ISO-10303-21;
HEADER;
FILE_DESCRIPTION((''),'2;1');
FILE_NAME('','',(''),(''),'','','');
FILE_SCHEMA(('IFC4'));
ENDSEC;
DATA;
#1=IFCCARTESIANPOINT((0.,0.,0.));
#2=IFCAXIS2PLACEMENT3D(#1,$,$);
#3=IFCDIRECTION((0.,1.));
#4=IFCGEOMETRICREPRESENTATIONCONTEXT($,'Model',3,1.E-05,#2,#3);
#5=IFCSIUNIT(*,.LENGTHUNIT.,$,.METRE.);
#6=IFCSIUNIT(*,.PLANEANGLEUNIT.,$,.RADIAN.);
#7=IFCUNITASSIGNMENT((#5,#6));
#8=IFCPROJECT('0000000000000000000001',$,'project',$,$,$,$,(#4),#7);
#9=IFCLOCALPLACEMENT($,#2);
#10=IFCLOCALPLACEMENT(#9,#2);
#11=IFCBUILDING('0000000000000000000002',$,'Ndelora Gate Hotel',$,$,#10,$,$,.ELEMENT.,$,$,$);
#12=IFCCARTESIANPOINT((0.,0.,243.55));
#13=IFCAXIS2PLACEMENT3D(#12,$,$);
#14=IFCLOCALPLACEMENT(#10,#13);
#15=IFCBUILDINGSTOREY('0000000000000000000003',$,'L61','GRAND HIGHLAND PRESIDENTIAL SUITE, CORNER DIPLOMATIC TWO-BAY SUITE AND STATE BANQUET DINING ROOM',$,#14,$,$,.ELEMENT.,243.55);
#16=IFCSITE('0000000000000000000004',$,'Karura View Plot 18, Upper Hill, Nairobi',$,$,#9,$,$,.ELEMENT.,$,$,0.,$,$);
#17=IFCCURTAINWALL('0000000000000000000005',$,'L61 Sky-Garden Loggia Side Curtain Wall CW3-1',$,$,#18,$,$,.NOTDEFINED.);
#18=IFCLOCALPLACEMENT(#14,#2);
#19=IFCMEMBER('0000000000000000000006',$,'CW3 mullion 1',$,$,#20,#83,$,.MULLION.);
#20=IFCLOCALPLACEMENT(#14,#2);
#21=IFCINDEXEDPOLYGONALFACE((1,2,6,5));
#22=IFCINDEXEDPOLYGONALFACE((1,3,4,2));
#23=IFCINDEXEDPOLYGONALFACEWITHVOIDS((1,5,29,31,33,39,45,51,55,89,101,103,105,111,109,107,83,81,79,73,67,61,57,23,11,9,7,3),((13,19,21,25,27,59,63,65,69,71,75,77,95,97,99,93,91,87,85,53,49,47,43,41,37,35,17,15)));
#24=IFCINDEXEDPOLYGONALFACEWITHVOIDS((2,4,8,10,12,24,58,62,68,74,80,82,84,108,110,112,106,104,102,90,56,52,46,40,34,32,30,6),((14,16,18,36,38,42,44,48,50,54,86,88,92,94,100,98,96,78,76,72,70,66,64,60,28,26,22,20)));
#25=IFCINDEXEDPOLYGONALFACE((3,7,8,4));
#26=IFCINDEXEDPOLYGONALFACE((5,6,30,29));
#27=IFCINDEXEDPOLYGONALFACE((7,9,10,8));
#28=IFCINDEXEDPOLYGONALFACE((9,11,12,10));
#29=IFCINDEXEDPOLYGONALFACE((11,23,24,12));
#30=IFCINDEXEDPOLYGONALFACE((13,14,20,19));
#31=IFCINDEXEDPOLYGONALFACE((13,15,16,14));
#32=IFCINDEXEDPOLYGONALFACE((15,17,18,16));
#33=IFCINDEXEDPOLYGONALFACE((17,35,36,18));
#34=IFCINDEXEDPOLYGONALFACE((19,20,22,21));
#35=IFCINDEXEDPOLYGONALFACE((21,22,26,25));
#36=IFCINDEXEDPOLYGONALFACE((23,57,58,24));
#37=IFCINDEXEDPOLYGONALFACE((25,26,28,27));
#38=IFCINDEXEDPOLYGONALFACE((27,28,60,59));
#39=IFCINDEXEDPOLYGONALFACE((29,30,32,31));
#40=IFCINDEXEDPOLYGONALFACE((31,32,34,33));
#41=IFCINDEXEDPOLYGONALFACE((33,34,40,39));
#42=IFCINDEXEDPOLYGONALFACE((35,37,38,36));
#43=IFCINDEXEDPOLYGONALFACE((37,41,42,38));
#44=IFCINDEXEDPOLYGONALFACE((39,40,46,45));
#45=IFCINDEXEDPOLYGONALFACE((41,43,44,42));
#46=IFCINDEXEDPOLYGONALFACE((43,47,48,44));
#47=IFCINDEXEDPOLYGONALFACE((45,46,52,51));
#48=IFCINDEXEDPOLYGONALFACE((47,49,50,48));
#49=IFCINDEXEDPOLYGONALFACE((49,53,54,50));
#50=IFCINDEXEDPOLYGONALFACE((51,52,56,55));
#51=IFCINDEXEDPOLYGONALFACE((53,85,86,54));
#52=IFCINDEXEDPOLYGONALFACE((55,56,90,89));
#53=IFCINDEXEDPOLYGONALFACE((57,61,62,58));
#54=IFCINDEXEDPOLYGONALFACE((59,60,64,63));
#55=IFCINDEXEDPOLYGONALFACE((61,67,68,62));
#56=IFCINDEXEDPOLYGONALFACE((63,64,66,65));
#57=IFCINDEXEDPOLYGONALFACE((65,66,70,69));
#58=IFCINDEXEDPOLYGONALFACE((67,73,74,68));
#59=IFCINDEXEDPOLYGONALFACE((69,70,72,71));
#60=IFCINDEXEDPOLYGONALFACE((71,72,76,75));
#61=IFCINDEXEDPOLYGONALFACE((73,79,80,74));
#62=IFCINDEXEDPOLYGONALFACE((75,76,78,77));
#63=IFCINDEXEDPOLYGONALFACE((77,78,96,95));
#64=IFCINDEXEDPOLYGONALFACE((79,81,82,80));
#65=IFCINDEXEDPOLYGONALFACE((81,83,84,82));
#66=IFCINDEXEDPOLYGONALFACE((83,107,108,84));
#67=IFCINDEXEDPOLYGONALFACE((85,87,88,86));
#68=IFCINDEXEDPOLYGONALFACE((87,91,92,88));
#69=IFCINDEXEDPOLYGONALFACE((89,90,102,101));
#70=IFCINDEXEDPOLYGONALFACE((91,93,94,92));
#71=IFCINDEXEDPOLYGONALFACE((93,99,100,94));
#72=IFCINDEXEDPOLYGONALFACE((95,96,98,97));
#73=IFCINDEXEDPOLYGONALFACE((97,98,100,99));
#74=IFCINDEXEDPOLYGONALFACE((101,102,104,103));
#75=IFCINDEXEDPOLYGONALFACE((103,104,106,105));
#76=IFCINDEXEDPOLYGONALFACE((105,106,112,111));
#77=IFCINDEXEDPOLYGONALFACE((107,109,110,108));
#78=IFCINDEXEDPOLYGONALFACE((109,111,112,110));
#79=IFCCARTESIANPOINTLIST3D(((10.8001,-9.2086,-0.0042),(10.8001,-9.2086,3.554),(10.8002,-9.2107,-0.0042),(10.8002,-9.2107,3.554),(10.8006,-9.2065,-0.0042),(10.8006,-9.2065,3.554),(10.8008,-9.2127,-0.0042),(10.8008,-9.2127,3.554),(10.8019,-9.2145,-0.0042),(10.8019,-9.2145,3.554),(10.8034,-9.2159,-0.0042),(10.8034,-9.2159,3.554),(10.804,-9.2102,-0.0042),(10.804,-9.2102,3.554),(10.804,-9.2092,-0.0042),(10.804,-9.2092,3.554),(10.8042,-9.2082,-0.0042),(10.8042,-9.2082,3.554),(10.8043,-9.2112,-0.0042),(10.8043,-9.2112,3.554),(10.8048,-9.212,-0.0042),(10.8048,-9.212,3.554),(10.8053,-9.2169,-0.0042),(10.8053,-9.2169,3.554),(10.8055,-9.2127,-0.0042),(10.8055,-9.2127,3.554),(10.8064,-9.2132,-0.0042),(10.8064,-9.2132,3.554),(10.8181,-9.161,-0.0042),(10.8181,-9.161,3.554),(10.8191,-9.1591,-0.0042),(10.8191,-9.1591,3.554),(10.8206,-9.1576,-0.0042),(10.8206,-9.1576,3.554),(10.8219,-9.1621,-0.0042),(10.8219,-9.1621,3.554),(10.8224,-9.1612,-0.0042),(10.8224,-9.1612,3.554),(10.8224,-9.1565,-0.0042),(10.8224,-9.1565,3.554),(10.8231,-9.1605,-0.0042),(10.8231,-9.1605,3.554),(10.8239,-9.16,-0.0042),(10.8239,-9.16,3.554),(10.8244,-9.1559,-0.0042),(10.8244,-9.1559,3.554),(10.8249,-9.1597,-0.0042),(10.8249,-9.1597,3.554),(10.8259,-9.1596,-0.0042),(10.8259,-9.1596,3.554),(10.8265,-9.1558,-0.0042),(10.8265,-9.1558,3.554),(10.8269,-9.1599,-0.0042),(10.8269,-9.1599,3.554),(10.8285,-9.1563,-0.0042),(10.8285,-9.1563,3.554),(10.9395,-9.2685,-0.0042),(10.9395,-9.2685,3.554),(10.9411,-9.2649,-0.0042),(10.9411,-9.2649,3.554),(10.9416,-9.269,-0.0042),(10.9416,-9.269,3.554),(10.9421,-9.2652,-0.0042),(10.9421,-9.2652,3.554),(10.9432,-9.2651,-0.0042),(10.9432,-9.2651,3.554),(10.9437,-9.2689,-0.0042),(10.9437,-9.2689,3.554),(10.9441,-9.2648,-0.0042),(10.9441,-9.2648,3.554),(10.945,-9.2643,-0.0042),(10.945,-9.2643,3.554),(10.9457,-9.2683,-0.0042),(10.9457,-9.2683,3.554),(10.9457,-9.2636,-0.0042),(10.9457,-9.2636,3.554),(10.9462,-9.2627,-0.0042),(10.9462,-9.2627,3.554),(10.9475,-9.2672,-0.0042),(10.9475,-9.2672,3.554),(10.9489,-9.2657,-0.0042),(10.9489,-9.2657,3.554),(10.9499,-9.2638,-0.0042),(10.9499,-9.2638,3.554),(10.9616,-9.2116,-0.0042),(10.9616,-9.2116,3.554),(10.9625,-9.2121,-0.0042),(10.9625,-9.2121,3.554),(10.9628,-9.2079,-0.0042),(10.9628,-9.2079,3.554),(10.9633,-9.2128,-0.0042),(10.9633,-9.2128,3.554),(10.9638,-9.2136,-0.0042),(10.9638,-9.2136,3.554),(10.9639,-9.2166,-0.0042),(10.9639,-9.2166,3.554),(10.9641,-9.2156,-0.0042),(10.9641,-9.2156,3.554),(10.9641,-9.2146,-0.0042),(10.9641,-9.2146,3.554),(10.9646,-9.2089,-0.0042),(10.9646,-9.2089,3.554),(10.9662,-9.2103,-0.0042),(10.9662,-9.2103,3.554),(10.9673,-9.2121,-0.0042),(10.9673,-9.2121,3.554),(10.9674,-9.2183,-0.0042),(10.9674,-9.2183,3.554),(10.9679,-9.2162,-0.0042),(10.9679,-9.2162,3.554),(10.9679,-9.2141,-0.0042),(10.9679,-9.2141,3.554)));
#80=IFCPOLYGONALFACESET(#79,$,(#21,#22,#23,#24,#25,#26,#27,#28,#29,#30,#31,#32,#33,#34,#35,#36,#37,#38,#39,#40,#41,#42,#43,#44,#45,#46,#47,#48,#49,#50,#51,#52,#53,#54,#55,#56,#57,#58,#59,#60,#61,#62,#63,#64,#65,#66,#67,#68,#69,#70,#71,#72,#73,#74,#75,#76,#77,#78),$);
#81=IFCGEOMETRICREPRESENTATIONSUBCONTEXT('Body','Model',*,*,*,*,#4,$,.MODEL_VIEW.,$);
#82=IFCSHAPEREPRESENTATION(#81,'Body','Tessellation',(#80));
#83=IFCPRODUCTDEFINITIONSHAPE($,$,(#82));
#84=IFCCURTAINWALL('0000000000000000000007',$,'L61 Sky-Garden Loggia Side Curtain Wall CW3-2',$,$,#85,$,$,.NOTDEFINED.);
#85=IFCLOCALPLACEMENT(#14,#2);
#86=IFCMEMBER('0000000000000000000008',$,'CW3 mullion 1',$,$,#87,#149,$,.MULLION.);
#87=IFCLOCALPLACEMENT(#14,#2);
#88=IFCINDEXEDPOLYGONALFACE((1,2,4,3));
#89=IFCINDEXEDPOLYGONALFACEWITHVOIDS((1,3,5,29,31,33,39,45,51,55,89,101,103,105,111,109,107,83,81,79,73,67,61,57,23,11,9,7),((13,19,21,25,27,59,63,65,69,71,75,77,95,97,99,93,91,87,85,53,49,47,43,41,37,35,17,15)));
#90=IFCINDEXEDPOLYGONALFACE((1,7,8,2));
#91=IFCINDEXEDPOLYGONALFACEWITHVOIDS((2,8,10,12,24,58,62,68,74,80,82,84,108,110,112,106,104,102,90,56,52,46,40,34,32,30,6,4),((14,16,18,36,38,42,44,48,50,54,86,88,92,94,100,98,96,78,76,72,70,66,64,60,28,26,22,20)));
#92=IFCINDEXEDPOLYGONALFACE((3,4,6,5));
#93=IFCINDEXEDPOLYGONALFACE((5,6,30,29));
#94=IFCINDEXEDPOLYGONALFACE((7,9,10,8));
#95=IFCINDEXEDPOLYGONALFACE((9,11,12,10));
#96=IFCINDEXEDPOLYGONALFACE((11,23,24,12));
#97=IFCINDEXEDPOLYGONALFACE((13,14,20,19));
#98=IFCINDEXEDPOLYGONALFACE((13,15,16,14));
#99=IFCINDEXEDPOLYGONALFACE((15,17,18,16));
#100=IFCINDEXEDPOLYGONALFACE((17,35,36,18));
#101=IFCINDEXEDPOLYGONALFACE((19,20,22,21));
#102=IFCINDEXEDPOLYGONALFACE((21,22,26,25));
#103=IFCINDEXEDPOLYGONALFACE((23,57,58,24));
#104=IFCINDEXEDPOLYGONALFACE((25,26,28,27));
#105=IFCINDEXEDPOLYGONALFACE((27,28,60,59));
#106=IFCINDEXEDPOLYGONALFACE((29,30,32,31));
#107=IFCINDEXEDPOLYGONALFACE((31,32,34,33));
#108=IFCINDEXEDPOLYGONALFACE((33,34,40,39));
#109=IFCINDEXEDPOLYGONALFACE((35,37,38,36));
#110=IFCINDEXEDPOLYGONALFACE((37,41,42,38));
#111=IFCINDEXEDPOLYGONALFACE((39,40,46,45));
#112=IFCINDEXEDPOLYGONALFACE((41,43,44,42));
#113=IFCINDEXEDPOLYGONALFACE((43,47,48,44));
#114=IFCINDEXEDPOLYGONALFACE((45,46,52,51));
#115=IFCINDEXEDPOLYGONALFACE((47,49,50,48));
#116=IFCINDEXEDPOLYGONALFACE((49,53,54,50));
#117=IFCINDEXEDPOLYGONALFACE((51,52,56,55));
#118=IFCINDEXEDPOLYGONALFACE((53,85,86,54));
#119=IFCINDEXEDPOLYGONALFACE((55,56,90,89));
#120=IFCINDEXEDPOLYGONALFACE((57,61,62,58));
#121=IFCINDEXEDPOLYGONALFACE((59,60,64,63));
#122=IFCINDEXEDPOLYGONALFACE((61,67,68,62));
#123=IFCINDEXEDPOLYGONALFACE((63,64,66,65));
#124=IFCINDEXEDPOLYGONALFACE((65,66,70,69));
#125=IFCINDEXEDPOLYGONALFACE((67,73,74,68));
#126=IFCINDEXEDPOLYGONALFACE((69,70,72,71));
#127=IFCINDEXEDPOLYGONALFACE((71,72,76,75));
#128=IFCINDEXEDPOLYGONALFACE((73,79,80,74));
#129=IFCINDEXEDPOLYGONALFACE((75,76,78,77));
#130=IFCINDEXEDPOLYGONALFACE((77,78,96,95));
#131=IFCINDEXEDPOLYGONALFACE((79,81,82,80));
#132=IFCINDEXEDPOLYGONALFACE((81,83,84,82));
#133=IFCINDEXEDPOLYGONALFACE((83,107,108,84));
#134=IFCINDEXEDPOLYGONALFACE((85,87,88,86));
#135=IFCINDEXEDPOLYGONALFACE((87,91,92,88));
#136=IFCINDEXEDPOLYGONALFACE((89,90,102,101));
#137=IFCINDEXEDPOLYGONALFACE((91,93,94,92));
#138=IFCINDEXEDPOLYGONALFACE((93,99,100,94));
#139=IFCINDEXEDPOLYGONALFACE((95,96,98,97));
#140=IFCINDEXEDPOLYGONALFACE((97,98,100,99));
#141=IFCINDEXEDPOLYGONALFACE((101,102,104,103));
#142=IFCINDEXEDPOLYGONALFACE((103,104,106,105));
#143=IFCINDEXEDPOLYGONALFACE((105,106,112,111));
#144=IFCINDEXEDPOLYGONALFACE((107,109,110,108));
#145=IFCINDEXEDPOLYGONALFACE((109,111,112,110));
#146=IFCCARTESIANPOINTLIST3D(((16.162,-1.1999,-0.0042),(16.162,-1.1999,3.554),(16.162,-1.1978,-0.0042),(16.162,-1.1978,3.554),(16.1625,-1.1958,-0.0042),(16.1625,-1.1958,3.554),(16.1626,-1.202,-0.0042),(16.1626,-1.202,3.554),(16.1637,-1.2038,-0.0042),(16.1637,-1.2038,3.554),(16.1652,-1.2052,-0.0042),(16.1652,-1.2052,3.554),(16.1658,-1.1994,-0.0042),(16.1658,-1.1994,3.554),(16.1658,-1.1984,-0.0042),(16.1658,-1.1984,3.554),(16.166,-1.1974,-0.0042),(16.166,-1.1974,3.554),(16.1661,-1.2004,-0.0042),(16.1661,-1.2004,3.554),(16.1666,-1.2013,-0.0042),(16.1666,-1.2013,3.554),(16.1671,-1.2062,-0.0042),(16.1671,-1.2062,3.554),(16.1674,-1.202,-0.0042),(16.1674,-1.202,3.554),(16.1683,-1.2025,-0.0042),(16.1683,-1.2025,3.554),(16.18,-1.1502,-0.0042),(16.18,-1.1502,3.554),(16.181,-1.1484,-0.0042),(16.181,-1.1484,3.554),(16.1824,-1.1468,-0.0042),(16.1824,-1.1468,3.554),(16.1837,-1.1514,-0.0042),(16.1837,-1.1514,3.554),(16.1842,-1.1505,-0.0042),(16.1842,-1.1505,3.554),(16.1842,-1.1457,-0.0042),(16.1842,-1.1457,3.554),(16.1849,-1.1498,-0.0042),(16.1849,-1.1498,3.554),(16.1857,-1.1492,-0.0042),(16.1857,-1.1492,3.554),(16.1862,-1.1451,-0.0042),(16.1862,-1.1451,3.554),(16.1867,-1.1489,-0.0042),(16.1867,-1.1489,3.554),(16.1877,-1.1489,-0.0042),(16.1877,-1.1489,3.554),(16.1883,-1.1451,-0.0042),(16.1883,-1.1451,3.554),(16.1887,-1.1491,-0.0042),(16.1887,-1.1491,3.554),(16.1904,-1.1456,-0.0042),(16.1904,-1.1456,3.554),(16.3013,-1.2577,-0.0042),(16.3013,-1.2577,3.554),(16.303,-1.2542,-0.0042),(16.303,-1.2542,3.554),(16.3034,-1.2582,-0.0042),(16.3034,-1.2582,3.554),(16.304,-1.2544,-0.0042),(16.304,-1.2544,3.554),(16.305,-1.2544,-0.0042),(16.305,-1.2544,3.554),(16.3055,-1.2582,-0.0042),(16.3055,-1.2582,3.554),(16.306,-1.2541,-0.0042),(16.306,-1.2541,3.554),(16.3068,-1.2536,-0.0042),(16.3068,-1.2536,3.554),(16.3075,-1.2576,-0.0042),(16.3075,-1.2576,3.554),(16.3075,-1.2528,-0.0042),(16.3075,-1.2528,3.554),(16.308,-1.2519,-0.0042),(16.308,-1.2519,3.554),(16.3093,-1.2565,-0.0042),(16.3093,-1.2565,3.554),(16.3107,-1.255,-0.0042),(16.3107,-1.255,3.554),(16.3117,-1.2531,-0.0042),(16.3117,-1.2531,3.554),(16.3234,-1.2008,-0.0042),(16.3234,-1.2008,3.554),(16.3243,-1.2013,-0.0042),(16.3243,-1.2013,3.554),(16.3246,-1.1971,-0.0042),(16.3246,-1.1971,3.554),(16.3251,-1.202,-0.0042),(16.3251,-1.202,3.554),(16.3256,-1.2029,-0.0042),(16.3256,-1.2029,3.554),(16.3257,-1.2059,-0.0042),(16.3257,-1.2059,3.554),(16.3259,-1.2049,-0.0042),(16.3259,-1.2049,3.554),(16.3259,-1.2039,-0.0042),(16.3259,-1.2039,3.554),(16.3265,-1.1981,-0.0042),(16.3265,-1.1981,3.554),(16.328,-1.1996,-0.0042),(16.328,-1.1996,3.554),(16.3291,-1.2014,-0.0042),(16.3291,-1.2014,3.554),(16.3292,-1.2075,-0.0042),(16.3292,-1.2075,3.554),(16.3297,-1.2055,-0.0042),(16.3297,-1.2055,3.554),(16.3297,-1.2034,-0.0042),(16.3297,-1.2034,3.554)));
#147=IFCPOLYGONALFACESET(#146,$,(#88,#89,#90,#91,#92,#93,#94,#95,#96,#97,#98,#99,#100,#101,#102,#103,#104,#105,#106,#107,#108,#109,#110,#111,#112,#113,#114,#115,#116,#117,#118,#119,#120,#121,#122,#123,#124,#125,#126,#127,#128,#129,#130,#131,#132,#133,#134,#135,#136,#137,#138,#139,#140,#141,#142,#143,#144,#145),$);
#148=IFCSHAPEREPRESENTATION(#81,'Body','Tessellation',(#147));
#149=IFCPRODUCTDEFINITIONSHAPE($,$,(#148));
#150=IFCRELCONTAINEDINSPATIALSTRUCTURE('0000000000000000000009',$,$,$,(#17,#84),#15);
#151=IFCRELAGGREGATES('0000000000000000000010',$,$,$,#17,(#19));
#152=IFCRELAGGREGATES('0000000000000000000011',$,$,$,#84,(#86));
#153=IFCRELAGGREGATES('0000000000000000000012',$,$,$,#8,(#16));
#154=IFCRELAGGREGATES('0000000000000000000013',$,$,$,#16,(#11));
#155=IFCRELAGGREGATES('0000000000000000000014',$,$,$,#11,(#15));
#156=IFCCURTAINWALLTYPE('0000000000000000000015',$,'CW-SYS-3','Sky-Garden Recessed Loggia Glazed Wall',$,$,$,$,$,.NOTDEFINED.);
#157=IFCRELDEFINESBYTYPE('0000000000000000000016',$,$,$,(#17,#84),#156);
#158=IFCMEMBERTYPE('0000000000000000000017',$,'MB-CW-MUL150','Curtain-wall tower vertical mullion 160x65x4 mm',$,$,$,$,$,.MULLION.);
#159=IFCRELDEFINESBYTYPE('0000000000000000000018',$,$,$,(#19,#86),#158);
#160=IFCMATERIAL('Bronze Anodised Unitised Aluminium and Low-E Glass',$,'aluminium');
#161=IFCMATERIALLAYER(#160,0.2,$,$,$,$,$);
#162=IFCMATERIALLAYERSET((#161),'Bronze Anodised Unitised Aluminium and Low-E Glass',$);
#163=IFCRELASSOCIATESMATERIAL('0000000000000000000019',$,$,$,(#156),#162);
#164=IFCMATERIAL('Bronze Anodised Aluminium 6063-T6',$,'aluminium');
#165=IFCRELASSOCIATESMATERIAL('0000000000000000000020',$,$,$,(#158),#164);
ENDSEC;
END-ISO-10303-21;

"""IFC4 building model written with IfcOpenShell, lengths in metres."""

from ifc_helpers import new_model, si_unit, direction, frame, origin, origin_2d, place, context, subcontext, project, spatial, hollow_rectangle, extrude, material, layer, layer_set, material_profile, profile_set, type_object, element, aggregate, save


model = new_model("IFC4")

# Units and contexts
model_context = context("Model", 3, precision=1e-05, world=origin(), true_north=direction((0.0, 1.0)))
body_context = subcontext(model_context, "Body", "Model", "MODEL_VIEW")
ifc_project = project(units=[si_unit("LENGTHUNIT", "METRE"), si_unit("PLANEANGLEUNIT", "RADIAN")], contexts=[model_context])

# Site, building, storey
site_placement = place(None, origin())
site = spatial("IfcSite", under=ifc_project, at=site_placement, Name="Karura View Plot 18, Upper Hill, Nairobi", CompositionType="ELEMENT", RefElevation=0.0)
building_placement = place(site_placement, origin())
building = spatial("IfcBuilding", under=site, at=building_placement, Name="Ndelora Gate Hotel", CompositionType="ELEMENT")
storey_placement = place(building_placement, frame((0.0, 0.0, 243.55)))
storey = spatial("IfcBuildingStorey", under=building, at=storey_placement, Name="L61", Description="GRAND HIGHLAND PRESIDENTIAL SUITE, CORNER DIPLOMATIC TWO-BAY SUITE AND STATE BANQUET DINING ROOM", CompositionType="ELEMENT", Elevation=243.55)

# Curtain wall, member
ifc_material_1 = material(Name="Bronze Anodised Unitised Aluminium and Low-E Glass", Category="aluminium")
ifc_layer_1 = layer(ifc_material_1, 0.2)
ifc_layer_set_1 = layer_set([ifc_layer_1], Name="Bronze Anodised Unitised Aluminium and Low-E Glass")
curtain_wall_type = type_object("IfcCurtainWallType", Name="CW-SYS-3", Description="Sky-Garden Recessed Loggia Glazed Wall", PredefinedType="NOTDEFINED", material=ifc_layer_set_1)
curtain_wall_1_placement = place(storey_placement, origin())
curtain_wall_1 = element("IfcCurtainWall", 1, at=curtain_wall_1_placement, inside=storey, type_object=curtain_wall_type, Name="L61 Sky-Garden Loggia Side Curtain Wall CW3-1", PredefinedType="NOTDEFINED")
ifc_material_2 = material(Name="Bronze Anodised Aluminium 6063-T6", Category="aluminium")
ifc_material_profile_1 = material_profile(ifc_material_2, hollow_rectangle(XDim=0.0649, YDim=0.1599, WallThickness=0.0039, InnerFilletRadius=0.0039, OuterFilletRadius=0.0081, at=origin_2d()), Name="ALU 160x65x4")
ifc_profile_set_1 = profile_set([ifc_material_profile_1], Name="Bronze Anodised Aluminium 6063-T6")
member_type_1 = type_object("IfcMemberType", Name="MB-CW-MUL150", Description="Curtain-wall tower vertical mullion 160x65x4 mm", PredefinedType="MULLION", material=ifc_profile_set_1)
member_1_placement = place(storey_placement, frame((10.884, -9.2124, -0.0042), z_axis=(0.0, 0.0, 1.0), x_axis=(0.358376, 0.933577, 0.0)))
member_1 = element("IfcMember", 2, at=member_1_placement, type_object=member_type_1, Name="CW3 mullion 1", PredefinedType="MULLION", context=body_context, shape_type="SweptSolid", body=[
    extrude(hollow_rectangle(XDim=0.0649, YDim=0.1599, WallThickness=0.0039, InnerFilletRadius=0.0039, OuterFilletRadius=0.0081, at=origin_2d()), origin(), (0.0, 0.0, 1.0), 3.5581),
])

# Curtain wall, member
curtain_wall_2_placement = place(storey_placement, origin())
curtain_wall_2 = element("IfcCurtainWall", 3, at=curtain_wall_2_placement, inside=storey, type_object=curtain_wall_type, Name="L61 Sky-Garden Loggia Side Curtain Wall CW3-2", PredefinedType="NOTDEFINED")
member_2_placement = place(storey_placement, frame((16.2458, -1.2017, -0.0042), z_axis=(0.0, 0.0, 1.0), x_axis=(-0.358361, -0.933583, 0.0)))
member_2 = element("IfcMember", 4, at=member_2_placement, type_object=member_type_1, Name="CW3 mullion 1", PredefinedType="MULLION", context=body_context, shape_type="SweptSolid", body=[
    extrude(hollow_rectangle(XDim=0.0649, YDim=0.1599, WallThickness=0.0039, InnerFilletRadius=0.0039, OuterFilletRadius=0.0081, at=origin_2d()), origin(), (0.0, 0.0, 1.0), 3.5581),
])

aggregate(curtain_wall_1, [member_1])
aggregate(curtain_wall_2, [member_2])

save(model, "model.ifc")
